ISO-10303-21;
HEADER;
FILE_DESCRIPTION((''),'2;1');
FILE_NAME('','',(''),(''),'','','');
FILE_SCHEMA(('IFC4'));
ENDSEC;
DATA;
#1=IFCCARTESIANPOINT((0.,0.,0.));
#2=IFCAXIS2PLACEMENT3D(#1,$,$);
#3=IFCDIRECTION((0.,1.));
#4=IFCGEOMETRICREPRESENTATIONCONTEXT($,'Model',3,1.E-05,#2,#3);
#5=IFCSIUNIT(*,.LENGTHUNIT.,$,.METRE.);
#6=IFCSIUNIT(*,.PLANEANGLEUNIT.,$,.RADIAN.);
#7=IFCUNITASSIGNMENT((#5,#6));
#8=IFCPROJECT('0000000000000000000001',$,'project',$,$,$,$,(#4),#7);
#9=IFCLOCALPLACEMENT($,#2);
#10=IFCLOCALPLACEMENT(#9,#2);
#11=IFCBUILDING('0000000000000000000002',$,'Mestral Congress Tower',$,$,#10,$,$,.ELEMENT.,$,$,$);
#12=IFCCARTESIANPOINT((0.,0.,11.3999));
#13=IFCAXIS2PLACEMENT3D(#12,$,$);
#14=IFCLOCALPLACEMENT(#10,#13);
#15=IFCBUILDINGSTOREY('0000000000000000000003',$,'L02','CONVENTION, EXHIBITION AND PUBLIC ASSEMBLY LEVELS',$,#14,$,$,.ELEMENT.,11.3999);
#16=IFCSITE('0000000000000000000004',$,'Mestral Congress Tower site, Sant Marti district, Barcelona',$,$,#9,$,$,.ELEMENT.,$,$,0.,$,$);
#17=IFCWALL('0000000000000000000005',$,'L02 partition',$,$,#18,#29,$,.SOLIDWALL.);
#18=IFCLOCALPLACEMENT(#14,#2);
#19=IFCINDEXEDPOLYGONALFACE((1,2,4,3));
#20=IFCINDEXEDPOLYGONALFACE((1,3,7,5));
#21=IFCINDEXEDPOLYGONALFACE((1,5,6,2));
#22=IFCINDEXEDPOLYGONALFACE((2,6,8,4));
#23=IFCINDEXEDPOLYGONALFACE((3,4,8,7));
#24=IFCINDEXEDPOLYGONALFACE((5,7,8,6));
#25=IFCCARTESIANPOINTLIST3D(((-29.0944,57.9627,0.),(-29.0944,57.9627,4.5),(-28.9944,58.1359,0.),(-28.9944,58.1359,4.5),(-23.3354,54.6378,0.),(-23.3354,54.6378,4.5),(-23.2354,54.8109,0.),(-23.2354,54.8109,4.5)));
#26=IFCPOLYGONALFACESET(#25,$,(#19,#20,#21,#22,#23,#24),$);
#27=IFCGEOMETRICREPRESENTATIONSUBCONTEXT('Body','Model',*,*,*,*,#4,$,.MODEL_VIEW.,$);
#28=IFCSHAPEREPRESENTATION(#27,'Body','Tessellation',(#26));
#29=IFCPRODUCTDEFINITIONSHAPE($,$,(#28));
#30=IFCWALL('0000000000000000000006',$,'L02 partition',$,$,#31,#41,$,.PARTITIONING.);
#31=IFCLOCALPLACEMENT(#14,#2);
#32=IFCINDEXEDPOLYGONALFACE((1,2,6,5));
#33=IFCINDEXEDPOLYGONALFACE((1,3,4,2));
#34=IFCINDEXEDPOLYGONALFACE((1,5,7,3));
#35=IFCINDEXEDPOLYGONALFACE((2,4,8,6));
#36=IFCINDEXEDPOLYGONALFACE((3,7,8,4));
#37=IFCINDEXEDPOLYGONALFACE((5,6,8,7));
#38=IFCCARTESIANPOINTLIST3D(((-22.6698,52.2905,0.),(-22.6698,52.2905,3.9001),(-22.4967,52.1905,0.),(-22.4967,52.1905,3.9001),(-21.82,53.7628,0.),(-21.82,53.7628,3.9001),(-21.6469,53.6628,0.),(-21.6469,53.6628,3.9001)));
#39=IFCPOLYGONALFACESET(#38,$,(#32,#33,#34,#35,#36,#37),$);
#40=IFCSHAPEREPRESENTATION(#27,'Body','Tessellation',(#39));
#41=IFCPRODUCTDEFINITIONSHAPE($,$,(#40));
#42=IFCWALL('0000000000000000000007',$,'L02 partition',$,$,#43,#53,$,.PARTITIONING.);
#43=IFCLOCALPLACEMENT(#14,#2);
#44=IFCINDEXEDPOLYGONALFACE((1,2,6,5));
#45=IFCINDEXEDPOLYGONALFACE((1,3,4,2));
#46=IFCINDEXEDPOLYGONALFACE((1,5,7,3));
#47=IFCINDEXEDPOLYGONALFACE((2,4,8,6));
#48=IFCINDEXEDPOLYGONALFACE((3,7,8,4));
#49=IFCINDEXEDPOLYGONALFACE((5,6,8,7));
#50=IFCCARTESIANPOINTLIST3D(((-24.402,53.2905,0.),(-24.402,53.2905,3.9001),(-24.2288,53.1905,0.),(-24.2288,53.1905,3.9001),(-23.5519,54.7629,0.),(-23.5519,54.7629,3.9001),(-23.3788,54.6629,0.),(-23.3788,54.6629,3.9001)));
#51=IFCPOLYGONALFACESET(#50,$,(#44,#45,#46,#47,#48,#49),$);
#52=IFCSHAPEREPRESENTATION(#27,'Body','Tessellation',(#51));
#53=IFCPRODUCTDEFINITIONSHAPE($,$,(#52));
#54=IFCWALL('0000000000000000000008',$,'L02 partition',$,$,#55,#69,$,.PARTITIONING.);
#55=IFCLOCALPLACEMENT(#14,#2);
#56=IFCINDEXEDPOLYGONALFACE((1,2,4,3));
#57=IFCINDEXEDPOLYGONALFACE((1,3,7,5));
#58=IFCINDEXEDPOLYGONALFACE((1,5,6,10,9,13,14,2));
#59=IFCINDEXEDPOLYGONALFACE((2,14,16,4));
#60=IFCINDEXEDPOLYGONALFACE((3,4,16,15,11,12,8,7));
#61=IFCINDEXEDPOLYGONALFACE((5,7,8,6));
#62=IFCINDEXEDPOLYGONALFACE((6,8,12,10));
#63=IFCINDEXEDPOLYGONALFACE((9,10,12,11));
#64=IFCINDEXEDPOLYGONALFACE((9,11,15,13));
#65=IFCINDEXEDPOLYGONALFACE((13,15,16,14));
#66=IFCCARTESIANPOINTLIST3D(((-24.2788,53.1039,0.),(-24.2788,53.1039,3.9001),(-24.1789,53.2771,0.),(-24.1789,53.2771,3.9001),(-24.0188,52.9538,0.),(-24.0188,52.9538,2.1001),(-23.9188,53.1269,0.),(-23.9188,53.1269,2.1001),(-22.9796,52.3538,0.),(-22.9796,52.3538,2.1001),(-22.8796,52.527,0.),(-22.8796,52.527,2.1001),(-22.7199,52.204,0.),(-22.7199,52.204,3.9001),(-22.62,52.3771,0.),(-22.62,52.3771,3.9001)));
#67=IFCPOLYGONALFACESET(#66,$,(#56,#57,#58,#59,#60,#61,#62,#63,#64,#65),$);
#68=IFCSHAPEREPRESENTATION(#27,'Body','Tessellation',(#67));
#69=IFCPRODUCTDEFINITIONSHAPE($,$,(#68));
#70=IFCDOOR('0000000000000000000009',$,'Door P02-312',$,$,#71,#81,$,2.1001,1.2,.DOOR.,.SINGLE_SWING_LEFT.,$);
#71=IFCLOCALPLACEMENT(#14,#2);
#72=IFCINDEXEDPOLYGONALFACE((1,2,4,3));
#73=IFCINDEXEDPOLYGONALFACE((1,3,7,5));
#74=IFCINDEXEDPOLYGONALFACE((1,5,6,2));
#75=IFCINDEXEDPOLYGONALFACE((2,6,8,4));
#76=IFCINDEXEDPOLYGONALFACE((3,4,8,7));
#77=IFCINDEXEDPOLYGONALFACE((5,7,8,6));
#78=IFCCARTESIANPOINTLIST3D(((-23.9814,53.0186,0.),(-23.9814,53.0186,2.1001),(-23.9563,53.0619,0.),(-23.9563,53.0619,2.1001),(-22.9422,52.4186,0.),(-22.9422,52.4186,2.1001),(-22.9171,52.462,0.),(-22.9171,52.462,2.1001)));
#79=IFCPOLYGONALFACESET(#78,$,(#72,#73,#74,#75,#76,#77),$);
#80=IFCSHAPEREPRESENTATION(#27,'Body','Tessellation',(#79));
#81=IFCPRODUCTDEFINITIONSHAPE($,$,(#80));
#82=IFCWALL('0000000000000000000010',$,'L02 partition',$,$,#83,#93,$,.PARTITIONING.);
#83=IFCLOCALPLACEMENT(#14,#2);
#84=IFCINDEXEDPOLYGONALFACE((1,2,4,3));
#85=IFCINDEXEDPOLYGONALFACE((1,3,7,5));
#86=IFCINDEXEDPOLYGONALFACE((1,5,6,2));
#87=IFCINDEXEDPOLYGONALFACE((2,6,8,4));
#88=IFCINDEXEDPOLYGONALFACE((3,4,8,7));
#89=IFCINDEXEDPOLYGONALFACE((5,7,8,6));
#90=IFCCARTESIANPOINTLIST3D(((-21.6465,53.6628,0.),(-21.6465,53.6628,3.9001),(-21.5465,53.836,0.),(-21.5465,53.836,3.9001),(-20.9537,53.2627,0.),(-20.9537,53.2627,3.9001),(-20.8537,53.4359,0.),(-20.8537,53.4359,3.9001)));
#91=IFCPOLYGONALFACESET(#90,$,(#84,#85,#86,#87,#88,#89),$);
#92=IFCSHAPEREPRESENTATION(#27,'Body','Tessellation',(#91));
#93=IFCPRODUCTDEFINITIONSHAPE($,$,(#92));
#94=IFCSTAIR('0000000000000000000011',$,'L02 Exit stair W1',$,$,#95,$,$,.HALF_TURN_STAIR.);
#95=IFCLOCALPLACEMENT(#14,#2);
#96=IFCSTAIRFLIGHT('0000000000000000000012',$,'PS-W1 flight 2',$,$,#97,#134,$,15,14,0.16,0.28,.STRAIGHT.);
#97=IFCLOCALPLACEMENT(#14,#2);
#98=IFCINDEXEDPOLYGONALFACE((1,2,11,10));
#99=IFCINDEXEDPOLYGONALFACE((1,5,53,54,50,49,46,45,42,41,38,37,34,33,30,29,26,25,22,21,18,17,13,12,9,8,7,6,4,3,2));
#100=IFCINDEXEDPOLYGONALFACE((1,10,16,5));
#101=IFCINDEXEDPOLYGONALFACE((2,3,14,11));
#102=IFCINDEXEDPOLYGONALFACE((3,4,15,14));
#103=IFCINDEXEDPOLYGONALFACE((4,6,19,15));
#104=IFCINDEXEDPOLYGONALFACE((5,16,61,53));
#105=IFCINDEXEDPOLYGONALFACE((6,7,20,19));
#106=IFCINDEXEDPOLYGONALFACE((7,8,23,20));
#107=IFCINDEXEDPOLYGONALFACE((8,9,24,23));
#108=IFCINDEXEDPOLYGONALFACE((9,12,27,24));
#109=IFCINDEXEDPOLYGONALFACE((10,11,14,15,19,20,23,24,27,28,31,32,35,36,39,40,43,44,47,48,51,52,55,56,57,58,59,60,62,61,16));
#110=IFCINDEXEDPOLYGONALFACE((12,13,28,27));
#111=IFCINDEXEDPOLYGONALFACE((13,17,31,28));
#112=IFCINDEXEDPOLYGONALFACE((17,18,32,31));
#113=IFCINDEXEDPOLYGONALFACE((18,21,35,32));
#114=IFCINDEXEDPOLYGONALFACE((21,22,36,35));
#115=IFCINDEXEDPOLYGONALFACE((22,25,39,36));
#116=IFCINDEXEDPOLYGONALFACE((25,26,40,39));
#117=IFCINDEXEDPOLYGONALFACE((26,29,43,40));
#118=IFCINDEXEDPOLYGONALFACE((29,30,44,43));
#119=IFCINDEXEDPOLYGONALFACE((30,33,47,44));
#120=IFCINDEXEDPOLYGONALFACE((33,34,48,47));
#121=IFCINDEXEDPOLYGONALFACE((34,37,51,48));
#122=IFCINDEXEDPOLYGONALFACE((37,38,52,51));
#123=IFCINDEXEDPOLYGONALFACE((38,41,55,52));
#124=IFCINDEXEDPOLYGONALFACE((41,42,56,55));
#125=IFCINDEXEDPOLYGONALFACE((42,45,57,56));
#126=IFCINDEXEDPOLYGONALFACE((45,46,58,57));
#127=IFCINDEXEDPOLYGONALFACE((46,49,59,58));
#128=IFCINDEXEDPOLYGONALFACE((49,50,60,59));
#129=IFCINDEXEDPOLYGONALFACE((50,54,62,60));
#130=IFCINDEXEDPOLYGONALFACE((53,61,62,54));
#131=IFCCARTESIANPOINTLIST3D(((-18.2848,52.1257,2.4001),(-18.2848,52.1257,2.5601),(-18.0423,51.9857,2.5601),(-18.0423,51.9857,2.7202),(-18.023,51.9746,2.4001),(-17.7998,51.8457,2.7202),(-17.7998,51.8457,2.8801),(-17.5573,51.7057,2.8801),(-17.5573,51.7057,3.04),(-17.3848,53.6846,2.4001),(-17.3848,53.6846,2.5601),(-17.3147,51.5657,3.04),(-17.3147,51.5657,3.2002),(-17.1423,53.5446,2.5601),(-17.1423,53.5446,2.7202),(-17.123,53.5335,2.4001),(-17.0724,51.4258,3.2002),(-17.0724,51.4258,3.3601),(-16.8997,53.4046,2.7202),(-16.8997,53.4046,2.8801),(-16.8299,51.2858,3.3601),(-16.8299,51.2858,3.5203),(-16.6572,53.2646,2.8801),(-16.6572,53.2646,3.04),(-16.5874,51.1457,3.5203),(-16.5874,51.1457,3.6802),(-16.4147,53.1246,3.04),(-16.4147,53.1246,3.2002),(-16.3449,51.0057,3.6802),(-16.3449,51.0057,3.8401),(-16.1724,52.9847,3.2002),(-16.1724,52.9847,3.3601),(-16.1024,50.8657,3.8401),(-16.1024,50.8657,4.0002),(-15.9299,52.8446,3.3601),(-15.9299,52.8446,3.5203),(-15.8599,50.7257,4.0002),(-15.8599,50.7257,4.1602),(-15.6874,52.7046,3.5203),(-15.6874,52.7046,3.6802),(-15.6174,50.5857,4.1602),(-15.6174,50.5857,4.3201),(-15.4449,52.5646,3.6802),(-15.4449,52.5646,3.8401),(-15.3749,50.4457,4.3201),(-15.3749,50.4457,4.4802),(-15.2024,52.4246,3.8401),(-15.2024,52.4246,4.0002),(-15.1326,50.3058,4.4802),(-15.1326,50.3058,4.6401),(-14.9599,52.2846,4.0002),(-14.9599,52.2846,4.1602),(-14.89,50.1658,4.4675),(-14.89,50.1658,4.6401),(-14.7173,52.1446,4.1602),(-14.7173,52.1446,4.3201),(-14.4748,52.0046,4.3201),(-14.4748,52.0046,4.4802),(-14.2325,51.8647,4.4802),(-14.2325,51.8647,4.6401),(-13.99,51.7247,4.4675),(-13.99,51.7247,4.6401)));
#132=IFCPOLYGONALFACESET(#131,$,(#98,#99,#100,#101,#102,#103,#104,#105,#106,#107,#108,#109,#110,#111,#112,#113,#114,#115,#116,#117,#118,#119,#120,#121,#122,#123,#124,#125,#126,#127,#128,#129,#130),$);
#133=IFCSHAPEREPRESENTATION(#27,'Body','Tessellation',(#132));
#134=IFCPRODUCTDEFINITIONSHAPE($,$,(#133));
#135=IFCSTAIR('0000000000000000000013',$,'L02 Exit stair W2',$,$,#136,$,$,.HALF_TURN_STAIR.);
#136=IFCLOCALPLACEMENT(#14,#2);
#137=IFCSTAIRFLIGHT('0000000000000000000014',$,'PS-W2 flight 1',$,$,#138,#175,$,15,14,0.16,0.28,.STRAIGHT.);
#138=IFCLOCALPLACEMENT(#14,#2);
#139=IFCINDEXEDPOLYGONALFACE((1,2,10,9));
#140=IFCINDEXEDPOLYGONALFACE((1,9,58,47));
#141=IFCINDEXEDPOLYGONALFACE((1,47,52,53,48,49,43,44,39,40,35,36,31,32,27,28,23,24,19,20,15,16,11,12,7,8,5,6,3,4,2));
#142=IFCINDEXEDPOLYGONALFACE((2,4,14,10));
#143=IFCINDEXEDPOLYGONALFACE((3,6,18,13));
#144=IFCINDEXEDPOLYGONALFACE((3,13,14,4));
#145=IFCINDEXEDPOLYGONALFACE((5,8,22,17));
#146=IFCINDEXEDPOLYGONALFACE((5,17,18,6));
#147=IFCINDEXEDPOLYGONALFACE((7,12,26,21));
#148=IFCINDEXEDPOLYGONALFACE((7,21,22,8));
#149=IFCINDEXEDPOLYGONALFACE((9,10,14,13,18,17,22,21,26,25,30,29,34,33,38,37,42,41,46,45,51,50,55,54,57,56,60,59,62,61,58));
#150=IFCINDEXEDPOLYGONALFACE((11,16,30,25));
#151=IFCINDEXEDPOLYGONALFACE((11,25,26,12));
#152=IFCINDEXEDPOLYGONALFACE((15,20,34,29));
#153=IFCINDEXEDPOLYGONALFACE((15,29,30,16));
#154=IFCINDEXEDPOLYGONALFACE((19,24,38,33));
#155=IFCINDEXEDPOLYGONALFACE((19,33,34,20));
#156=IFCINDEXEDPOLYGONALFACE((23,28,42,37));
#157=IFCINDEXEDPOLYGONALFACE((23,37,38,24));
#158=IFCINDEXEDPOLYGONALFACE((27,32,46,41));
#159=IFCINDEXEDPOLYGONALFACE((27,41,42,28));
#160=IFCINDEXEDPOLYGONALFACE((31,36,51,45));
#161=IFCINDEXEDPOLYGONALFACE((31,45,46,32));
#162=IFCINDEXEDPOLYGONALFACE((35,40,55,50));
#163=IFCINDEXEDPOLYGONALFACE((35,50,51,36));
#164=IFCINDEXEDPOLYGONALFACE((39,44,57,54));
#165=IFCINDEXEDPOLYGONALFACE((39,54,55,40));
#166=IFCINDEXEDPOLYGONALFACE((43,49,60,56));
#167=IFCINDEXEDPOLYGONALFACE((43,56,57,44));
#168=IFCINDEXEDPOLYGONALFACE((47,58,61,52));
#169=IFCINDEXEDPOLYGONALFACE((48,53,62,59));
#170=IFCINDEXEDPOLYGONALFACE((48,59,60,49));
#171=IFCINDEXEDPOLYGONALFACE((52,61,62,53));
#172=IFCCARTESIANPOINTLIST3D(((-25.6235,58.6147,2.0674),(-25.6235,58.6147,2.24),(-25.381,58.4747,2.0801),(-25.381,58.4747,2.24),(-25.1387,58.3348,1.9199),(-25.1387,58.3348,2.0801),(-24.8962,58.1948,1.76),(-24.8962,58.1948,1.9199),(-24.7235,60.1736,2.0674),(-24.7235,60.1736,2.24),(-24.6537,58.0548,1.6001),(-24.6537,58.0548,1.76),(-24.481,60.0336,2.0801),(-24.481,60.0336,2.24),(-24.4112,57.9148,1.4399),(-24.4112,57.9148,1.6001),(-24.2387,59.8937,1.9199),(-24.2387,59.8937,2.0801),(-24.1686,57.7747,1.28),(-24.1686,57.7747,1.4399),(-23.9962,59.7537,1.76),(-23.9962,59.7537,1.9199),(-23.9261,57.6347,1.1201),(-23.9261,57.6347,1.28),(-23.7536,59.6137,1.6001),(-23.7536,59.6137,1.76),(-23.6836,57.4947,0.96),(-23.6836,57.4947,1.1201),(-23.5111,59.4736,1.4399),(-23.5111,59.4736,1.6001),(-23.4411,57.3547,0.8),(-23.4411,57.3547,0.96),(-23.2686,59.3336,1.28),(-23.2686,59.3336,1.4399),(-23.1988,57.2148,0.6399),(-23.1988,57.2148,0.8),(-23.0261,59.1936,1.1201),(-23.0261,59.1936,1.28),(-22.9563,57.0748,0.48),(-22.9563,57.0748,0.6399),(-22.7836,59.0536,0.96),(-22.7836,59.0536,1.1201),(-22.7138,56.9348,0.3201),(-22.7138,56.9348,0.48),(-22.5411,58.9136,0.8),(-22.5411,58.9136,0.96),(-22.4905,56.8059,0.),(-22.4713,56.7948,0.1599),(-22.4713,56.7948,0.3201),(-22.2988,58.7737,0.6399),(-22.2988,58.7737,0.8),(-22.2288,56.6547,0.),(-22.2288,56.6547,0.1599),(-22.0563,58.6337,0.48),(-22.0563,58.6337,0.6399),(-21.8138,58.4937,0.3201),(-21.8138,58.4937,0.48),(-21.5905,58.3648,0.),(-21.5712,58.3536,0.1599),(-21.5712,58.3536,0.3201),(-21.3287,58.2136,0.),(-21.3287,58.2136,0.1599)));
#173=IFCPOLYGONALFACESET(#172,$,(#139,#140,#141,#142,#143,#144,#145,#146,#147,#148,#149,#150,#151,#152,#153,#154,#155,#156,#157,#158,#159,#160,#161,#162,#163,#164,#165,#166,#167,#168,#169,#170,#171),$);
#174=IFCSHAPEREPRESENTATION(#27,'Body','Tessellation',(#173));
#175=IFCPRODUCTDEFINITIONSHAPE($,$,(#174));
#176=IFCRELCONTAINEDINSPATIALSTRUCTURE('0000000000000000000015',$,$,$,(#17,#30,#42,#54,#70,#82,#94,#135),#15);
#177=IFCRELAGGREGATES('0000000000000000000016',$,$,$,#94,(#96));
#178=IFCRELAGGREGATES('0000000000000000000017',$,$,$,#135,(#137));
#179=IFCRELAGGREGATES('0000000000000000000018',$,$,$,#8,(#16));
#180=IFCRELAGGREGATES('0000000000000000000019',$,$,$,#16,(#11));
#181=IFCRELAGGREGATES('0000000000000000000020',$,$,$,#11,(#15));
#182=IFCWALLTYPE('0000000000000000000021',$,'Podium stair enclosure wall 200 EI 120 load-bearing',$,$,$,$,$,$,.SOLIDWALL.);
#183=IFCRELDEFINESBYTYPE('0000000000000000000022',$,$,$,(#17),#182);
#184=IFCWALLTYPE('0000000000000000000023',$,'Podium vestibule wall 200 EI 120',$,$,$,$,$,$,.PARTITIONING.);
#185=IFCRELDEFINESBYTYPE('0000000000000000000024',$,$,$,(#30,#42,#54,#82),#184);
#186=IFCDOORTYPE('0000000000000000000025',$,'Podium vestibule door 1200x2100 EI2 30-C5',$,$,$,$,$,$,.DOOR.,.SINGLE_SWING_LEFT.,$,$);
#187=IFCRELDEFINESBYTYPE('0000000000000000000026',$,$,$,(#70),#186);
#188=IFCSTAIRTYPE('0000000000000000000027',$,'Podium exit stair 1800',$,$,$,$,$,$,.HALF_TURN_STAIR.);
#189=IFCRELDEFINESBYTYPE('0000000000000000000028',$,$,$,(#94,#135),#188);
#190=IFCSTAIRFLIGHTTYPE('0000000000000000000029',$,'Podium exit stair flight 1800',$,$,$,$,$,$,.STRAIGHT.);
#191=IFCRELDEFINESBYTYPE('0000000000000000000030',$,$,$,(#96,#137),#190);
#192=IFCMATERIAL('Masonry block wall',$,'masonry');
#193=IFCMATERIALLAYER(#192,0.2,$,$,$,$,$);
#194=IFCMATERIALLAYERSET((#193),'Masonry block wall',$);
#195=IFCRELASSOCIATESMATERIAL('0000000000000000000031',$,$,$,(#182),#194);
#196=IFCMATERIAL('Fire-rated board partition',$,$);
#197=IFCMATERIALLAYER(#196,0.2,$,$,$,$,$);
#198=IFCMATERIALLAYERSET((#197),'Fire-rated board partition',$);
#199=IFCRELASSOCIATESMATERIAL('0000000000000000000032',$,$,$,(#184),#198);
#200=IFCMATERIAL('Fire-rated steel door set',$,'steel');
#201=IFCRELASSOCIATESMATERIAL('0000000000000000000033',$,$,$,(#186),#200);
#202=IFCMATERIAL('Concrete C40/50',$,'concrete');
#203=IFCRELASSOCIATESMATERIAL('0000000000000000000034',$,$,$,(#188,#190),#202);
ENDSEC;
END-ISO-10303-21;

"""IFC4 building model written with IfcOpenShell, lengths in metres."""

from ifc_helpers import new_model, si_unit, direction, frame, frame_2d, origin, place, context, subcontext, project, spatial, polyline, rectangle, outline, extrude, material, layer, layer_set, type_object, element, fill, aggregate, save


model = new_model("IFC4")

# Units and contexts
model_context = context("Model", 3, precision=1e-05, world=origin(), true_north=direction((0.0, 1.0)))
body_context = subcontext(model_context, "Body", "Model", "MODEL_VIEW")
ifc_project = project(units=[si_unit("LENGTHUNIT", "METRE"), si_unit("PLANEANGLEUNIT", "RADIAN")], contexts=[model_context])

# Site, building, storey
site_placement = place(None, origin())
site = spatial("IfcSite", under=ifc_project, at=site_placement, Name="Mestral Congress Tower site, Sant Marti district, Barcelona", CompositionType="ELEMENT", RefElevation=0.0)
building_placement = place(site_placement, origin())
building = spatial("IfcBuilding", under=site, at=building_placement, Name="Mestral Congress Tower", CompositionType="ELEMENT")
storey_placement = place(building_placement, frame((0.0, 0.0, 11.3999)))
storey = spatial("IfcBuildingStorey", under=building, at=storey_placement, Name="L02", Description="CONVENTION, EXHIBITION AND PUBLIC ASSEMBLY LEVELS", CompositionType="ELEMENT", Elevation=11.3999)

# Shared definitions
ifc_material_1 = material(Name="Masonry block wall", Category="masonry")
ifc_layer_1 = layer(ifc_material_1, 0.2)
ifc_layer_set_1 = layer_set([ifc_layer_1], Name="Masonry block wall")
wall_type_1 = type_object("IfcWallType", Name="Podium stair enclosure wall 200 EI 120 load-bearing", PredefinedType="SOLIDWALL", material=ifc_layer_set_1)

# Shared definitions
ifc_material_2 = material(Name="Fire-rated steel door set", Category="steel")

# Walls
wall_1_placement = place(storey_placement, frame((-23.2854, 54.7244, 0.0), z_axis=(0.0, 0.0, 1.0), x_axis=(-0.866027, 0.499997, 0.0)))
element("IfcWall", 1, at=wall_1_placement, inside=storey, type_object=wall_type_1, Name="L02 partition", PredefinedType="SOLIDWALL", context=body_context, shape_type="SweptSolid", body=[
    extrude(rectangle(XDim=6.6499, YDim=0.2, at=frame_2d((3.325, 0.0))), origin(), (0.0, 0.0, 1.0), 4.5),
])
ifc_material_3 = material(Name="Fire-rated board partition")
ifc_layer_2 = layer(ifc_material_3, 0.2)
ifc_layer_set_2 = layer_set([ifc_layer_2], Name="Fire-rated board partition")
wall_type_2 = type_object("IfcWallType", Name="Podium vestibule wall 200 EI 120", PredefinedType="PARTITIONING", material=ifc_layer_set_2)
wall_2_placement = place(storey_placement, frame((-21.7334, 53.7129, 0.0), z_axis=(0.0, 0.0, 1.0), x_axis=(-0.499892, -0.866088, 0.0)))
element("IfcWall", 2, at=wall_2_placement, inside=storey, type_object=wall_type_2, Name="L02 partition", PredefinedType="PARTITIONING", context=body_context, shape_type="SweptSolid", body=[
    extrude(rectangle(XDim=1.7, YDim=0.2, at=frame_2d((0.8501, 0.0))), origin(), (0.0, 0.0, 1.0), 3.9001),
])
wall_3_placement = place(storey_placement, frame((-23.4653, 54.7129, 0.0), z_axis=(0.0, 0.0, 1.0), x_axis=(-0.5, -0.866025, 0.0)))
element("IfcWall", 3, at=wall_3_placement, inside=storey, type_object=wall_type_2, Name="L02 partition", PredefinedType="PARTITIONING", context=body_context, shape_type="SweptSolid", body=[
    extrude(rectangle(XDim=1.7002, YDim=0.2, at=frame_2d((0.8501, 0.0))), origin(), (0.0, 0.0, 1.0), 3.9001),
])

# Wall, opening, door
wall_4_placement = place(storey_placement, frame((-24.2288, 53.1904, 0.0), z_axis=(0.0, 0.0, 1.0), x_axis=(0.866048, -0.499961, 0.0)))
wall_4 = element("IfcWall", 4, at=wall_4_placement, inside=storey, type_object=wall_type_2, Name="L02 partition", PredefinedType="PARTITIONING", context=body_context, shape_type="SweptSolid", body=[
    extrude(rectangle(XDim=1.8, YDim=0.2, at=frame_2d((0.8999, 0.0))), origin(), (0.0, 0.0, 1.0), 3.9001),
])
opening_1_placement = place(wall_4_placement, frame((0.3, 0.0, 0.0)))
opening_1 = element("IfcOpeningElement", 5, at=opening_1_placement, cuts=wall_4, PredefinedType="OPENING", context=body_context, shape_type="SweptSolid", body=[
    extrude(rectangle(XDim=1.2, YDim=2.1001, at=frame_2d((0.6001, 1.05))), frame((0.0, 0.1099, 0.0), z_axis=(0.0, -1.0, 0.0), x_axis=(1.0, 0.0, 0.0)), (0.0, 0.0, 1.0), 0.22),
])
door_type_1 = type_object("IfcDoorType", Name="Podium vestibule door 1200x2100 EI2 30-C5", OperationType="SINGLE_SWING_LEFT", PredefinedType="DOOR", material=ifc_material_2)
door_1_placement = place(opening_1_placement, origin())
door_1 = element("IfcDoor", 6, at=door_1_placement, inside=storey, type_object=door_type_1, Name="Door P02-312", OperationType="SINGLE_SWING_LEFT", OverallHeight=2.1001, OverallWidth=1.2, PredefinedType="DOOR", context=body_context, shape_type="SweptSolid", body=[
    extrude(rectangle(XDim=1.2, YDim=2.1001, at=frame_2d((0.6001, 1.05))), frame((0.0, 0.0249, 0.0), z_axis=(0.0, -1.0, 0.0), x_axis=(1.0, 0.0, 0.0)), (0.0, 0.0, 1.0), 0.05),
])
fill(opening_1, door_1)

# Wall
wall_5_placement = place(storey_placement, frame((-20.9038, 53.3494, 0.0), z_axis=(0.0, 0.0, 1.0), x_axis=(-0.865962, 0.50011, 0.0)))
element("IfcWall", 7, at=wall_5_placement, inside=storey, type_object=wall_type_2, Name="L02 partition", PredefinedType="PARTITIONING", context=body_context, shape_type="SweptSolid", body=[
    extrude(rectangle(XDim=0.8, YDim=0.2, at=frame_2d((0.3999, 0.0))), origin(), (0.0, 0.0, 1.0), 3.9001),
])

# Stair, stair flight
ifc_material_4 = material(Name="Concrete C40/50", Category="concrete")
stair_type = type_object("IfcStairType", Name="Podium exit stair 1800", PredefinedType="HALF_TURN_STAIR", material=ifc_material_4)
placement = place(storey_placement, origin())
stair_1 = element("IfcStair", 8, at=placement, inside=storey, type_object=stair_type, Name="L02 Exit stair W1", PredefinedType="HALF_TURN_STAIR")
stair_flight_type = type_object("IfcStairFlightType", Name="Podium exit stair flight 1800", PredefinedType="STRAIGHT", material=ifc_material_4)
stair_flight_1_placement = place(storey_placement, frame((-17.8347, 52.9053, 2.4001), z_axis=(0.0, 0.0, 1.0), x_axis=(0.866025, -0.5, 0.0)))
stair_flight_1 = element("IfcStairFlight", 9, at=stair_flight_1_placement, type_object=stair_flight_type, Name="PS-W1 flight 2", NumberOfRisers=15, NumberOfTreads=14, PredefinedType="STRAIGHT", RiserHeight=0.16, TreadLength=0.28, context=body_context, shape_type="SweptSolid", body=[
    extrude(outline(polyline([(0.0, 0.0), (0.0, 0.1599), (0.28, 0.1599), (0.28, 0.3201), (0.5601, 0.3201), (0.5601, 0.48), (0.8401, 0.48), (0.8401, 0.6399), (1.1201, 0.6399), (1.1201, 0.8), (1.3999, 0.8), (1.3999, 0.96), (1.6799, 0.96), (1.6799, 1.1201), (1.96, 1.1201), (1.96, 1.28), (2.24, 1.28), (2.24, 1.4399), (2.52, 1.4399), (2.52, 1.6001), (2.8, 1.6001), (2.8, 1.76), (3.0801, 1.76), (3.0801, 1.9199), (3.3601, 1.9199), (3.3601, 2.0801), (3.6399, 2.0801), (3.6399, 2.24), (3.9199, 2.24), (3.9199, 2.3999), (3.9199, 2.0674), (0.3022, 0.0), (0.0, 0.0)])), frame((0.0, 0.8999, 0.0), z_axis=(0.0, -1.0, 0.0), x_axis=(1.0, 0.0, 0.0)), (0.0, 0.0, 1.0), 1.8),
])
aggregate(stair_1, [stair_flight_1])

# Stair, stair flight
stair_2 = element("IfcStair", 10, at=placement, inside=storey, type_object=stair_type, Name="L02 Exit stair W2", PredefinedType="HALF_TURN_STAIR")
stair_flight_2_placement = place(storey_placement, frame((-21.7788, 57.4341, 0.0), z_axis=(0.0, 0.0, 1.0), x_axis=(-0.866025, 0.5, 0.0)))
stair_flight_2 = element("IfcStairFlight", 11, at=stair_flight_2_placement, type_object=stair_flight_type, Name="PS-W2 flight 1", NumberOfRisers=15, NumberOfTreads=14, PredefinedType="STRAIGHT", RiserHeight=0.16, TreadLength=0.28, context=body_context, shape_type="SweptSolid", body=[
    extrude(outline(polyline([(0.0, 0.0), (0.0, 0.1599), (0.28, 0.1599), (0.28, 0.3201), (0.5601, 0.3201), (0.5601, 0.48), (0.8401, 0.48), (0.8401, 0.6399), (1.1201, 0.6399), (1.1201, 0.8), (1.3999, 0.8), (1.3999, 0.96), (1.6799, 0.96), (1.6799, 1.1201), (1.96, 1.1201), (1.96, 1.28), (2.24, 1.28), (2.24, 1.4399), (2.52, 1.4399), (2.52, 1.6001), (2.8, 1.6001), (2.8, 1.76), (3.0801, 1.76), (3.0801, 1.9199), (3.3601, 1.9199), (3.3601, 2.0801), (3.6399, 2.0801), (3.6399, 2.24), (3.9199, 2.24), (3.9199, 2.3999), (3.9199, 2.0674), (0.3022, 0.0), (0.0, 0.0)])), frame((0.0, 0.8999, 0.0), z_axis=(0.0, -1.0, 0.0), x_axis=(1.0, 0.0, 0.0)), (0.0, 0.0, 1.0), 1.8),
])
aggregate(stair_2, [stair_flight_2])

save(model, "model.ifc")
